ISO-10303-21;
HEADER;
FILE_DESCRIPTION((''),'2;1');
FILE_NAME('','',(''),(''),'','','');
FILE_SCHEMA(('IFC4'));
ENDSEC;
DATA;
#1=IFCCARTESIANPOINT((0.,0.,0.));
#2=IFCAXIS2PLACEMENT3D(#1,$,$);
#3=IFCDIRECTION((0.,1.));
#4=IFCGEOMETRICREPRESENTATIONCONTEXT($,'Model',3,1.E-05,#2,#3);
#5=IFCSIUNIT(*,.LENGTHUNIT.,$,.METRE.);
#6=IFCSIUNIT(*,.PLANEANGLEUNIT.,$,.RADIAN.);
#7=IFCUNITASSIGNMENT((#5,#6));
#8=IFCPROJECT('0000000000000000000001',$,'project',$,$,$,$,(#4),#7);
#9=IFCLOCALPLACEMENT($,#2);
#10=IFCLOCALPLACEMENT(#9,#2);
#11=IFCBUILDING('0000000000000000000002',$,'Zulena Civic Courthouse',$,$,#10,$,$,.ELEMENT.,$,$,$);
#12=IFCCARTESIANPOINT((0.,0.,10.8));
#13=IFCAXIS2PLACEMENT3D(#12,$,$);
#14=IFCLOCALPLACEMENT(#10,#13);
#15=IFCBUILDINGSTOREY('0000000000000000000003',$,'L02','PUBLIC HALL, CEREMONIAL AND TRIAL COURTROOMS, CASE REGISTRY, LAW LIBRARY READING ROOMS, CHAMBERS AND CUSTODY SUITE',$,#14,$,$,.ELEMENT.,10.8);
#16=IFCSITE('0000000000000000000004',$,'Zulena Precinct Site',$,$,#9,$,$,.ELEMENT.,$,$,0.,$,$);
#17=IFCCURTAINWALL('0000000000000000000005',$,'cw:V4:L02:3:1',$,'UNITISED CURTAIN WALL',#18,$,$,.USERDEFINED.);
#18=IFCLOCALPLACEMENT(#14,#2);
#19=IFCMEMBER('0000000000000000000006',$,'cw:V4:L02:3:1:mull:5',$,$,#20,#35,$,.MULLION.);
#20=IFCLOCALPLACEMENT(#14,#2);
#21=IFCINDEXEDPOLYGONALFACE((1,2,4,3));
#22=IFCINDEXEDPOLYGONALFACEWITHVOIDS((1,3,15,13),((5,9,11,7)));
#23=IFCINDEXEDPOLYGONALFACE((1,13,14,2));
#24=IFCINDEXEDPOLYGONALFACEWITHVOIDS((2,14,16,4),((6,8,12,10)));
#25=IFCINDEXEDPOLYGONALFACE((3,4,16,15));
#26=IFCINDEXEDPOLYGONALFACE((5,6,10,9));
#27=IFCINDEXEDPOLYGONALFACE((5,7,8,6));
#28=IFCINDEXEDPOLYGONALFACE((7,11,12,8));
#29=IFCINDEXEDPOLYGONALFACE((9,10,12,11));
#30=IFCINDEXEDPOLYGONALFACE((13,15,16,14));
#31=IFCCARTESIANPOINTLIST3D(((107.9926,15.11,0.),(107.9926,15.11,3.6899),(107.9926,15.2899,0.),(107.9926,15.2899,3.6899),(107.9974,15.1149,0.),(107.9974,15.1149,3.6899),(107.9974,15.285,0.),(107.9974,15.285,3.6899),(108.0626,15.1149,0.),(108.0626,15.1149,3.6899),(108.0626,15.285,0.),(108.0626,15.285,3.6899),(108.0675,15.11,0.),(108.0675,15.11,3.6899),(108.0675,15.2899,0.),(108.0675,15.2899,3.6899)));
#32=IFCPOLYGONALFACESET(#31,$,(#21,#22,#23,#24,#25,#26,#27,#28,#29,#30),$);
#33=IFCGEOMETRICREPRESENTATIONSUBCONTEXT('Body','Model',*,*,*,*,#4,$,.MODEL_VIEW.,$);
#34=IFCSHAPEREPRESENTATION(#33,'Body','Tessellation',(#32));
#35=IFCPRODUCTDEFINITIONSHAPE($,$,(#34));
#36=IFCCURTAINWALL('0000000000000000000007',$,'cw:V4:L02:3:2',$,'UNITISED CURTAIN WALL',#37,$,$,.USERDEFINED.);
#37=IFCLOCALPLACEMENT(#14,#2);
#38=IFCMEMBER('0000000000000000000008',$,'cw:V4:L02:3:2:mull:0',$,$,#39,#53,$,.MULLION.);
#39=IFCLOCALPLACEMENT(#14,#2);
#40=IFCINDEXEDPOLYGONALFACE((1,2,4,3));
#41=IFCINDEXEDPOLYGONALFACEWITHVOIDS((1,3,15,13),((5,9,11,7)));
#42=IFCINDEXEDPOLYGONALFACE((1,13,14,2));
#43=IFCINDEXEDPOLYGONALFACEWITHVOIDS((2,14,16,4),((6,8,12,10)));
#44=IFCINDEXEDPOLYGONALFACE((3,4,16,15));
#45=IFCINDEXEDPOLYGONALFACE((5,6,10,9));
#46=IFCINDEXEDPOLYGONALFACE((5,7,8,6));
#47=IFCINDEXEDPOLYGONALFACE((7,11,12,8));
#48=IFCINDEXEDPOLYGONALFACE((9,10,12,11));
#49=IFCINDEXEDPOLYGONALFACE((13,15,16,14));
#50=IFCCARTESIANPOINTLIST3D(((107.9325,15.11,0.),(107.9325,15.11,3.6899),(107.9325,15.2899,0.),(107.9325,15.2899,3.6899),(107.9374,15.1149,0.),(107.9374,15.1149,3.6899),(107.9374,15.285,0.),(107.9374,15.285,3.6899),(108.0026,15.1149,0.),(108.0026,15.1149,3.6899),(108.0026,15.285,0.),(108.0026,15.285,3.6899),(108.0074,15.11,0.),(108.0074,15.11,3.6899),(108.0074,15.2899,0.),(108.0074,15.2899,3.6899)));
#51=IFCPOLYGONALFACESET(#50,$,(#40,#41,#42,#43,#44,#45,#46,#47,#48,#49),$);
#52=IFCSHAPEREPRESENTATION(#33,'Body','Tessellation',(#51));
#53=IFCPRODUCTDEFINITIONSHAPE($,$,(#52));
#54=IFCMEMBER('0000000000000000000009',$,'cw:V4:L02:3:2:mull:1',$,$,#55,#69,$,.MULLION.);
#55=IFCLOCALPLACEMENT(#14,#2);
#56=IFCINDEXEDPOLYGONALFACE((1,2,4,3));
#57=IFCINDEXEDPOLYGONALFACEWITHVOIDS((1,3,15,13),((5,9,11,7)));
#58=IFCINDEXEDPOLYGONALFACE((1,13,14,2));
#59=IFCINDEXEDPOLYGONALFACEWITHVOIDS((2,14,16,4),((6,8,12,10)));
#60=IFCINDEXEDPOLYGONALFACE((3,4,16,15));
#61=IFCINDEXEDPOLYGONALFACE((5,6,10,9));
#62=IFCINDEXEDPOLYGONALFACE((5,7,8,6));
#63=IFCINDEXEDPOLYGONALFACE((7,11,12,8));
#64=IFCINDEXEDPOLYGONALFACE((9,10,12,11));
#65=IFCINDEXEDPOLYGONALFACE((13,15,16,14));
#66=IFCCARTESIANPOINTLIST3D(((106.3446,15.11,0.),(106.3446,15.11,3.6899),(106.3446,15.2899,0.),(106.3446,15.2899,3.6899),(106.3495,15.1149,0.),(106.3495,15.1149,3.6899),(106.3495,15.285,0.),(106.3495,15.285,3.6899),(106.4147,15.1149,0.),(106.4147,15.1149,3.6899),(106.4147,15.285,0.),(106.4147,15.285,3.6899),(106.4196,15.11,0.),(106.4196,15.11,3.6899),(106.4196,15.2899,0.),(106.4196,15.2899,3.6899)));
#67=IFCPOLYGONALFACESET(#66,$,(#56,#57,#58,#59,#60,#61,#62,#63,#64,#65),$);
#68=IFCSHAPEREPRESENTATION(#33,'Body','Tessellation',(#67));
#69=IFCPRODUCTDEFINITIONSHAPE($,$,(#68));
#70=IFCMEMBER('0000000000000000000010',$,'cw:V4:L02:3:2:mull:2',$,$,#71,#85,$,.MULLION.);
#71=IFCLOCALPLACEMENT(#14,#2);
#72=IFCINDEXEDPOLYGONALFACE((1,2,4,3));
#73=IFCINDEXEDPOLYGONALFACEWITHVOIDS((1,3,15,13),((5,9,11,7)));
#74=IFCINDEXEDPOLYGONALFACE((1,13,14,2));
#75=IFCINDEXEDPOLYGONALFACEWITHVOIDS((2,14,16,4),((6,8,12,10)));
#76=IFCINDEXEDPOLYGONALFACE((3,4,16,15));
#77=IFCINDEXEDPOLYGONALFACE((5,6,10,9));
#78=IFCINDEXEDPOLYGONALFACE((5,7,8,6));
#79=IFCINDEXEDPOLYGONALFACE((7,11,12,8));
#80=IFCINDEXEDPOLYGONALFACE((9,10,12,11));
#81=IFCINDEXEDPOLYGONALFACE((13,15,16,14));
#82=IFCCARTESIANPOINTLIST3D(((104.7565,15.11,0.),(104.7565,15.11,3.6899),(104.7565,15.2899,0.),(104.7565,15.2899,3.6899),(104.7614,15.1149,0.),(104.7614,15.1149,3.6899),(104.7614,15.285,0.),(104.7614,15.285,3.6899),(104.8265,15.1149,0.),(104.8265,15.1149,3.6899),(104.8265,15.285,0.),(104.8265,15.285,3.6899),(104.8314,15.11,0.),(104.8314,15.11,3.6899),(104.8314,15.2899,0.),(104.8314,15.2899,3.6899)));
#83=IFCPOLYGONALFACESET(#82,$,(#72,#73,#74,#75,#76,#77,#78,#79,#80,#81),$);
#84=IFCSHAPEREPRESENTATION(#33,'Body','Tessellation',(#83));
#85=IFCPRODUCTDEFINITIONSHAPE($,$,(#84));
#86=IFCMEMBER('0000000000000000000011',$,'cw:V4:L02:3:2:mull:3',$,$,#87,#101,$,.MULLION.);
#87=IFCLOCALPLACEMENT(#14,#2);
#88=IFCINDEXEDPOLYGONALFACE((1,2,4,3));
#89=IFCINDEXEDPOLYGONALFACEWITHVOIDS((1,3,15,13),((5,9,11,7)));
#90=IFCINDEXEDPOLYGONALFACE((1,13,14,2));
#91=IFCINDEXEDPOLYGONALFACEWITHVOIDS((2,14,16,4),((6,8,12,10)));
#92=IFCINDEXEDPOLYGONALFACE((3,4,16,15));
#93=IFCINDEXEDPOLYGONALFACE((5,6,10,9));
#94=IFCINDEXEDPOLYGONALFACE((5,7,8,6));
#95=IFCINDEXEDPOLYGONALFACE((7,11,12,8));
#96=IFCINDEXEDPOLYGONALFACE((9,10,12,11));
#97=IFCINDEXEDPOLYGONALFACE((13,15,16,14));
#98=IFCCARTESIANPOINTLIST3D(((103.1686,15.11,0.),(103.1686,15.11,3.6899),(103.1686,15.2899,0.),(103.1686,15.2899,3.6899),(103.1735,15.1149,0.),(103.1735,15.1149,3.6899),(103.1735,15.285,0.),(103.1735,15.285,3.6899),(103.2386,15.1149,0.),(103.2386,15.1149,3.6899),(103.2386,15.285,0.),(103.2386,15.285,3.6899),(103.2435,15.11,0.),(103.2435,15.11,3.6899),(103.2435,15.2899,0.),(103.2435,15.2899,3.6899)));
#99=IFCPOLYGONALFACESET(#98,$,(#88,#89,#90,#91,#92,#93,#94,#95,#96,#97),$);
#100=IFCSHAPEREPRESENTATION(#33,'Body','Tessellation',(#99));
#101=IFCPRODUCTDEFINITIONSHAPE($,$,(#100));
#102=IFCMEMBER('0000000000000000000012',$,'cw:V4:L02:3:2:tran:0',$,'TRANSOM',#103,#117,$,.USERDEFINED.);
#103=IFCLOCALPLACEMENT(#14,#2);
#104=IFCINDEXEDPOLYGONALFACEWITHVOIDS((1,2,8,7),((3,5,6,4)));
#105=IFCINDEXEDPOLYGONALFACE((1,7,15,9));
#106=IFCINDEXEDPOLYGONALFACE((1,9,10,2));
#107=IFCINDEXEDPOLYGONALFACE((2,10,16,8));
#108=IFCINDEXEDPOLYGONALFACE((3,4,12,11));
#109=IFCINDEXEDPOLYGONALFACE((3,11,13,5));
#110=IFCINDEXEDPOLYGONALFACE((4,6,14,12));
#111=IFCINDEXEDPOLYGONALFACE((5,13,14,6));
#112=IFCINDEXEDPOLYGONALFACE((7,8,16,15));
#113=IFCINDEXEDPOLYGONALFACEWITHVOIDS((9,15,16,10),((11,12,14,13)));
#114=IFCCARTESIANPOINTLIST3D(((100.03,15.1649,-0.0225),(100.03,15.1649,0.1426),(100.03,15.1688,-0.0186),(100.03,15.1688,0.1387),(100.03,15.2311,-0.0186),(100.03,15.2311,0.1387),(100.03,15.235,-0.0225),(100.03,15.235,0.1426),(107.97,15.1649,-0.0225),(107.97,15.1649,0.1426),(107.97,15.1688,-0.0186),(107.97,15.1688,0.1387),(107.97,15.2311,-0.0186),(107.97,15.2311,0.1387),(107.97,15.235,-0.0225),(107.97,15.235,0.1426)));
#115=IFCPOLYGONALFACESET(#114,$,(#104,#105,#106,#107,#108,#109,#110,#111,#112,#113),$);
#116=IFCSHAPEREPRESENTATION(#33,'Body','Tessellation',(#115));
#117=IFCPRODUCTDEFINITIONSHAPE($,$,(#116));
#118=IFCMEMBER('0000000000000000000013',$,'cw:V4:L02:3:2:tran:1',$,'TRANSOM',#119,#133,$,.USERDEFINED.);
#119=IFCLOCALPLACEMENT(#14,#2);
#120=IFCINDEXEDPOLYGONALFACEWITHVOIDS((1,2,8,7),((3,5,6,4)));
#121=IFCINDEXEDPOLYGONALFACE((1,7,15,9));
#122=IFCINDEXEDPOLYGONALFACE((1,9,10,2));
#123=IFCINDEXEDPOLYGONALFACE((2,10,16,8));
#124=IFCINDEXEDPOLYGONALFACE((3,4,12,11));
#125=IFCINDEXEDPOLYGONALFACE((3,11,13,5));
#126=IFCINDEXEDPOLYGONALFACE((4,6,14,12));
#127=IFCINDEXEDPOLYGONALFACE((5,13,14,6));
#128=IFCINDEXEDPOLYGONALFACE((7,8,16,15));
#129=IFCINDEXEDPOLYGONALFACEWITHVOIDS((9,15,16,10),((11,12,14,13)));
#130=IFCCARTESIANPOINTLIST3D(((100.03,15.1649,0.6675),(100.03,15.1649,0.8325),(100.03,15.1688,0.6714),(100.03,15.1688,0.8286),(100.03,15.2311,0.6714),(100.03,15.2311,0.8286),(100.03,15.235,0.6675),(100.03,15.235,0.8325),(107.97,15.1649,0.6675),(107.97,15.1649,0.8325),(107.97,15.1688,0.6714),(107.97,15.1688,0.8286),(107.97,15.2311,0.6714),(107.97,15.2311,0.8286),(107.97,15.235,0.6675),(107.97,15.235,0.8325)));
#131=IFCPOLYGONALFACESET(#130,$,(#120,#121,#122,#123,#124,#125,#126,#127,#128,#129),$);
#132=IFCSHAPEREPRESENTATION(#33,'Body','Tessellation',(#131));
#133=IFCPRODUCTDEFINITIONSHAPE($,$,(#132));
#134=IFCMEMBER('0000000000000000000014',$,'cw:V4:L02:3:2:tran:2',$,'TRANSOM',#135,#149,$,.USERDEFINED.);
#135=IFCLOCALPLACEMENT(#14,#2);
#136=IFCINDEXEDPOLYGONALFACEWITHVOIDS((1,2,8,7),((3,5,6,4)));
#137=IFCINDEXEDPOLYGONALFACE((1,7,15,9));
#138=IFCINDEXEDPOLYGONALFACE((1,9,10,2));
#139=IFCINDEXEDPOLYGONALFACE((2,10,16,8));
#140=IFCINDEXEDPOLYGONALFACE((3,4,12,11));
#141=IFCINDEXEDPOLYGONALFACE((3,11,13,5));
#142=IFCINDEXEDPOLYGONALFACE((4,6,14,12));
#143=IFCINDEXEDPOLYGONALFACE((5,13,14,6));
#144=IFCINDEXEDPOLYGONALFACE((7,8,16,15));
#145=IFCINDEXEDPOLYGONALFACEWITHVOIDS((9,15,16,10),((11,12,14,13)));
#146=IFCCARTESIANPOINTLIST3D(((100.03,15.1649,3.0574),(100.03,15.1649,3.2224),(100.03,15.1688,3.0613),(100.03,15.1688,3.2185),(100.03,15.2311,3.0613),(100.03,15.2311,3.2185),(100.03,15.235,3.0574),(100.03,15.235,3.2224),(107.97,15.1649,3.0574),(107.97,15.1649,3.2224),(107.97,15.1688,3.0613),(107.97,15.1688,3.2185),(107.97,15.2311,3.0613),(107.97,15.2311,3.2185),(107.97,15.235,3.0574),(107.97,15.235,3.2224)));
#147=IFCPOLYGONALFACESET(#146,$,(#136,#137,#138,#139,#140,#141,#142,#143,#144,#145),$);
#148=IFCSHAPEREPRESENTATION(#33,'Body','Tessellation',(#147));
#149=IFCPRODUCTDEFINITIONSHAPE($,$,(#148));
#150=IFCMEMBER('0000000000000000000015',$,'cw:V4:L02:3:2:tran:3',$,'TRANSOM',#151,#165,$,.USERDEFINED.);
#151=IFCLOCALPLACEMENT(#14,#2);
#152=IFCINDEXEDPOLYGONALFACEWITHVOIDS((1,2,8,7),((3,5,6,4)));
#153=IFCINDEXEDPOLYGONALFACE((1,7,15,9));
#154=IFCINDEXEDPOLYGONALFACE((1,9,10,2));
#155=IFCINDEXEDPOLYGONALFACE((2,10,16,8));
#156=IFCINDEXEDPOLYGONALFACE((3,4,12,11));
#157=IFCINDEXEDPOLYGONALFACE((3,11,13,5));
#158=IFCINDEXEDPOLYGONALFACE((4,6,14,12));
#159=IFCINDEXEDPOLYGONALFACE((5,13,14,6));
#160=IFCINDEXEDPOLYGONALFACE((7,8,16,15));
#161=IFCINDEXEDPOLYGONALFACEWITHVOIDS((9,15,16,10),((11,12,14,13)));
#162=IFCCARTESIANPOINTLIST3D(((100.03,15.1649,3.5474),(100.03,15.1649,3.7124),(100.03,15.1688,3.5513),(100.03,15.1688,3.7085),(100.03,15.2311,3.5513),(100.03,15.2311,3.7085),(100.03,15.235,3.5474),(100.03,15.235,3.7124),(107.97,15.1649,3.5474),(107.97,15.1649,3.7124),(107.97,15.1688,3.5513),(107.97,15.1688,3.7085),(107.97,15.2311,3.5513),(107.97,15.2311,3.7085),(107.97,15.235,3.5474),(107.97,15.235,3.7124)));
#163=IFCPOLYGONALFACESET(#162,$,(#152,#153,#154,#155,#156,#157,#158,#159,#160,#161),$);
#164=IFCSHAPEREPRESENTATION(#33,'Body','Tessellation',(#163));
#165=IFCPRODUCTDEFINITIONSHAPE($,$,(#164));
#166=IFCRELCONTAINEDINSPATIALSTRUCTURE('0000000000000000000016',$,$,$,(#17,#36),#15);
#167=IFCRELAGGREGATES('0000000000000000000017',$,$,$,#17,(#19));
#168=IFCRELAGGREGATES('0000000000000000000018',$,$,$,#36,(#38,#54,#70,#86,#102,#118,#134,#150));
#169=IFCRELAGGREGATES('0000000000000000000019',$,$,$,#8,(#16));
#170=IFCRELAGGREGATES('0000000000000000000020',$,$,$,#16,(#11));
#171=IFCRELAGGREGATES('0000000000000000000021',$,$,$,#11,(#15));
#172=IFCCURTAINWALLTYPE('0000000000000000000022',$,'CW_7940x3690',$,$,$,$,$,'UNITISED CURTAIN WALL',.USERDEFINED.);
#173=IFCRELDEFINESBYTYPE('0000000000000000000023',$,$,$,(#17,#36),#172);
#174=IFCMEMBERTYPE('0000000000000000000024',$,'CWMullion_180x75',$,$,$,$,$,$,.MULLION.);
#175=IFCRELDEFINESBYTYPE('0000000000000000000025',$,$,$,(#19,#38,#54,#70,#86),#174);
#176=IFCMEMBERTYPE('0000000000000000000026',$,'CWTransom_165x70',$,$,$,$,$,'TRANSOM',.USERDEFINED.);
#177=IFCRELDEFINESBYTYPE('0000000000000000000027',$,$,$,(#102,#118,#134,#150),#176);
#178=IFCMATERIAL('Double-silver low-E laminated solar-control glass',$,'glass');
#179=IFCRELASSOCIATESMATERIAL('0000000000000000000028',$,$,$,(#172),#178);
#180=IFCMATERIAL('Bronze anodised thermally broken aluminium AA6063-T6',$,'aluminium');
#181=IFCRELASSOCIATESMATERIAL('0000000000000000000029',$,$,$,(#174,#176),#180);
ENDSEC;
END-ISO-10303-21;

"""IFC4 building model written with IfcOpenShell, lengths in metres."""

from ifc_helpers import new_model, si_unit, direction, frame, origin, origin_2d, place, context, subcontext, project, spatial, hollow_rectangle, extrude, material, material_profile, profile_set, type_object, element, aggregate, save


model = new_model("IFC4")

# Units and contexts
model_context = context("Model", 3, precision=1e-05, world=origin(), true_north=direction((0.0, 1.0)))
body_context = subcontext(model_context, "Body", "Model", "MODEL_VIEW")
ifc_project = project(units=[si_unit("LENGTHUNIT", "METRE"), si_unit("PLANEANGLEUNIT", "RADIAN")], contexts=[model_context])

# Site, building, storey
site_placement = place(None, origin())
site = spatial("IfcSite", under=ifc_project, at=site_placement, Name="Zulena Precinct Site", CompositionType="ELEMENT", RefElevation=0.0)
building_placement = place(site_placement, origin())
building = spatial("IfcBuilding", under=site, at=building_placement, Name="Zulena Civic Courthouse", CompositionType="ELEMENT")
storey_placement = place(building_placement, frame((0.0, 0.0, 10.8)))
storey = spatial("IfcBuildingStorey", under=building, at=storey_placement, Name="L02", Description="PUBLIC HALL, CEREMONIAL AND TRIAL COURTROOMS, CASE REGISTRY, LAW LIBRARY READING ROOMS, CHAMBERS AND CUSTODY SUITE", CompositionType="ELEMENT", Elevation=10.8)

# Curtain wall, member
ifc_material_1 = material(Name="Double-silver low-E laminated solar-control glass", Category="glass")
curtain_wall_type = type_object("IfcCurtainWallType", Name="CW_7940x3690", ElementType="UNITISED CURTAIN WALL", PredefinedType="USERDEFINED", material=ifc_material_1)
curtain_wall_1_placement = place(storey_placement, origin())
curtain_wall_1 = element("IfcCurtainWall", 1, at=curtain_wall_1_placement, inside=storey, type_object=curtain_wall_type, Name="cw:V4:L02:3:1", ObjectType="UNITISED CURTAIN WALL", PredefinedType="USERDEFINED")
ifc_material_2 = material(Name="Bronze anodised thermally broken aluminium AA6063-T6", Category="aluminium")
ifc_material_profile_1 = material_profile(ifc_material_2, hollow_rectangle(XDim=0.075, YDim=0.1799, WallThickness=0.0049, at=origin_2d()), Name="CWM180X75X5")
ifc_profile_set_1 = profile_set([ifc_material_profile_1], Name="Bronze anodised thermally broken aluminium AA6063-T6")
member_type_1 = type_object("IfcMemberType", Name="CWMullion_180x75", PredefinedType="MULLION", material=ifc_profile_set_1)
member_1_placement = place(storey_placement, frame((108.03, 15.2, 0.0), z_axis=(0.0, 0.0, 1.0), x_axis=(1.0, 0.0, 0.0)))
member_1 = element("IfcMember", 2, at=member_1_placement, type_object=member_type_1, Name="cw:V4:L02:3:1:mull:5", PredefinedType="MULLION", context=body_context, shape_type="SweptSolid", body=[
    extrude(hollow_rectangle(XDim=0.075, YDim=0.1799, WallThickness=0.0049, at=origin_2d()), origin(), (0.0, 0.0, 1.0), 3.6899),
])

# Curtain wall, members
curtain_wall_2_placement = place(storey_placement, origin())
curtain_wall_2 = element("IfcCurtainWall", 3, at=curtain_wall_2_placement, inside=storey, type_object=curtain_wall_type, Name="cw:V4:L02:3:2", ObjectType="UNITISED CURTAIN WALL", PredefinedType="USERDEFINED")
member_2_placement = place(storey_placement, frame((107.97, 15.2, 0.0), z_axis=(0.0, 0.0, 1.0), x_axis=(1.0, 0.0, 0.0)))
member_2 = element("IfcMember", 4, at=member_2_placement, type_object=member_type_1, Name="cw:V4:L02:3:2:mull:0", PredefinedType="MULLION", context=body_context, shape_type="SweptSolid", body=[
    extrude(hollow_rectangle(XDim=0.075, YDim=0.1799, WallThickness=0.0049, at=origin_2d()), origin(), (0.0, 0.0, 1.0), 3.6899),
])
member_3_placement = place(storey_placement, frame((106.3821, 15.2, 0.0), z_axis=(0.0, 0.0, 1.0), x_axis=(1.0, 0.0, 0.0)))
member_3 = element("IfcMember", 5, at=member_3_placement, type_object=member_type_1, Name="cw:V4:L02:3:2:mull:1", PredefinedType="MULLION", context=body_context, shape_type="SweptSolid", body=[
    extrude(hollow_rectangle(XDim=0.075, YDim=0.1799, WallThickness=0.0049, at=origin_2d()), origin(), (0.0, 0.0, 1.0), 3.6899),
])
member_4_placement = place(storey_placement, frame((104.7939, 15.2, 0.0), z_axis=(0.0, 0.0, 1.0), x_axis=(1.0, 0.0, 0.0)))
member_4 = element("IfcMember", 6, at=member_4_placement, type_object=member_type_1, Name="cw:V4:L02:3:2:mull:2", PredefinedType="MULLION", context=body_context, shape_type="SweptSolid", body=[
    extrude(hollow_rectangle(XDim=0.075, YDim=0.1799, WallThickness=0.0049, at=origin_2d()), origin(), (0.0, 0.0, 1.0), 3.6899),
])
member_5_placement = place(storey_placement, frame((103.2061, 15.2, 0.0), z_axis=(0.0, 0.0, 1.0), x_axis=(1.0, 0.0, 0.0)))
member_5 = element("IfcMember", 7, at=member_5_placement, type_object=member_type_1, Name="cw:V4:L02:3:2:mull:3", PredefinedType="MULLION", context=body_context, shape_type="SweptSolid", body=[
    extrude(hollow_rectangle(XDim=0.075, YDim=0.1799, WallThickness=0.0049, at=origin_2d()), origin(), (0.0, 0.0, 1.0), 3.6899),
])
ifc_material_profile_2 = material_profile(ifc_material_2, hollow_rectangle(XDim=0.0701, YDim=0.165, WallThickness=0.0039, at=origin_2d()), Name="CWT165X70X4")
ifc_profile_set_2 = profile_set([ifc_material_profile_2], Name="Bronze anodised thermally broken aluminium AA6063-T6")
member_type_2 = type_object("IfcMemberType", Name="CWTransom_165x70", ElementType="TRANSOM", PredefinedType="USERDEFINED", material=ifc_profile_set_2)
member_6_placement = place(storey_placement, frame((107.97, 15.2, 0.0601), z_axis=(-1.0, 0.0, 0.0), x_axis=(0.0, -1.0, 0.0)))
member_6 = element("IfcMember", 8, at=member_6_placement, type_object=member_type_2, Name="cw:V4:L02:3:2:tran:0", ObjectType="TRANSOM", PredefinedType="USERDEFINED", context=body_context, shape_type="SweptSolid", body=[
    extrude(hollow_rectangle(XDim=0.0701, YDim=0.165, WallThickness=0.0039, at=origin_2d()), origin(), (0.0, 0.0, 1.0), 7.9399),
])
member_7_placement = place(storey_placement, frame((107.97, 15.2, 0.75), z_axis=(-1.0, 0.0, 0.0), x_axis=(0.0, -1.0, 0.0)))
member_7 = element("IfcMember", 9, at=member_7_placement, type_object=member_type_2, Name="cw:V4:L02:3:2:tran:1", ObjectType="TRANSOM", PredefinedType="USERDEFINED", context=body_context, shape_type="SweptSolid", body=[
    extrude(hollow_rectangle(XDim=0.0701, YDim=0.165, WallThickness=0.0039, at=origin_2d()), origin(), (0.0, 0.0, 1.0), 7.9399),
])
member_8_placement = place(storey_placement, frame((107.97, 15.2, 3.1399), z_axis=(-1.0, 0.0, 0.0), x_axis=(0.0, -1.0, 0.0)))
member_8 = element("IfcMember", 10, at=member_8_placement, type_object=member_type_2, Name="cw:V4:L02:3:2:tran:2", ObjectType="TRANSOM", PredefinedType="USERDEFINED", context=body_context, shape_type="SweptSolid", body=[
    extrude(hollow_rectangle(XDim=0.0701, YDim=0.165, WallThickness=0.0039, at=origin_2d()), origin(), (0.0, 0.0, 1.0), 7.9399),
])
member_9_placement = place(storey_placement, frame((107.97, 15.2, 3.6299), z_axis=(-1.0, 0.0, 0.0), x_axis=(0.0, -1.0, 0.0)))
member_9 = element("IfcMember", 11, at=member_9_placement, type_object=member_type_2, Name="cw:V4:L02:3:2:tran:3", ObjectType="TRANSOM", PredefinedType="USERDEFINED", context=body_context, shape_type="SweptSolid", body=[
    extrude(hollow_rectangle(XDim=0.0701, YDim=0.165, WallThickness=0.0039, at=origin_2d()), origin(), (0.0, 0.0, 1.0), 7.9399),
])

aggregate(curtain_wall_1, [member_1])
aggregate(curtain_wall_2, [member_2, member_3, member_4, member_5, member_6, member_7, member_8, member_9])

save(model, "model.ifc")
